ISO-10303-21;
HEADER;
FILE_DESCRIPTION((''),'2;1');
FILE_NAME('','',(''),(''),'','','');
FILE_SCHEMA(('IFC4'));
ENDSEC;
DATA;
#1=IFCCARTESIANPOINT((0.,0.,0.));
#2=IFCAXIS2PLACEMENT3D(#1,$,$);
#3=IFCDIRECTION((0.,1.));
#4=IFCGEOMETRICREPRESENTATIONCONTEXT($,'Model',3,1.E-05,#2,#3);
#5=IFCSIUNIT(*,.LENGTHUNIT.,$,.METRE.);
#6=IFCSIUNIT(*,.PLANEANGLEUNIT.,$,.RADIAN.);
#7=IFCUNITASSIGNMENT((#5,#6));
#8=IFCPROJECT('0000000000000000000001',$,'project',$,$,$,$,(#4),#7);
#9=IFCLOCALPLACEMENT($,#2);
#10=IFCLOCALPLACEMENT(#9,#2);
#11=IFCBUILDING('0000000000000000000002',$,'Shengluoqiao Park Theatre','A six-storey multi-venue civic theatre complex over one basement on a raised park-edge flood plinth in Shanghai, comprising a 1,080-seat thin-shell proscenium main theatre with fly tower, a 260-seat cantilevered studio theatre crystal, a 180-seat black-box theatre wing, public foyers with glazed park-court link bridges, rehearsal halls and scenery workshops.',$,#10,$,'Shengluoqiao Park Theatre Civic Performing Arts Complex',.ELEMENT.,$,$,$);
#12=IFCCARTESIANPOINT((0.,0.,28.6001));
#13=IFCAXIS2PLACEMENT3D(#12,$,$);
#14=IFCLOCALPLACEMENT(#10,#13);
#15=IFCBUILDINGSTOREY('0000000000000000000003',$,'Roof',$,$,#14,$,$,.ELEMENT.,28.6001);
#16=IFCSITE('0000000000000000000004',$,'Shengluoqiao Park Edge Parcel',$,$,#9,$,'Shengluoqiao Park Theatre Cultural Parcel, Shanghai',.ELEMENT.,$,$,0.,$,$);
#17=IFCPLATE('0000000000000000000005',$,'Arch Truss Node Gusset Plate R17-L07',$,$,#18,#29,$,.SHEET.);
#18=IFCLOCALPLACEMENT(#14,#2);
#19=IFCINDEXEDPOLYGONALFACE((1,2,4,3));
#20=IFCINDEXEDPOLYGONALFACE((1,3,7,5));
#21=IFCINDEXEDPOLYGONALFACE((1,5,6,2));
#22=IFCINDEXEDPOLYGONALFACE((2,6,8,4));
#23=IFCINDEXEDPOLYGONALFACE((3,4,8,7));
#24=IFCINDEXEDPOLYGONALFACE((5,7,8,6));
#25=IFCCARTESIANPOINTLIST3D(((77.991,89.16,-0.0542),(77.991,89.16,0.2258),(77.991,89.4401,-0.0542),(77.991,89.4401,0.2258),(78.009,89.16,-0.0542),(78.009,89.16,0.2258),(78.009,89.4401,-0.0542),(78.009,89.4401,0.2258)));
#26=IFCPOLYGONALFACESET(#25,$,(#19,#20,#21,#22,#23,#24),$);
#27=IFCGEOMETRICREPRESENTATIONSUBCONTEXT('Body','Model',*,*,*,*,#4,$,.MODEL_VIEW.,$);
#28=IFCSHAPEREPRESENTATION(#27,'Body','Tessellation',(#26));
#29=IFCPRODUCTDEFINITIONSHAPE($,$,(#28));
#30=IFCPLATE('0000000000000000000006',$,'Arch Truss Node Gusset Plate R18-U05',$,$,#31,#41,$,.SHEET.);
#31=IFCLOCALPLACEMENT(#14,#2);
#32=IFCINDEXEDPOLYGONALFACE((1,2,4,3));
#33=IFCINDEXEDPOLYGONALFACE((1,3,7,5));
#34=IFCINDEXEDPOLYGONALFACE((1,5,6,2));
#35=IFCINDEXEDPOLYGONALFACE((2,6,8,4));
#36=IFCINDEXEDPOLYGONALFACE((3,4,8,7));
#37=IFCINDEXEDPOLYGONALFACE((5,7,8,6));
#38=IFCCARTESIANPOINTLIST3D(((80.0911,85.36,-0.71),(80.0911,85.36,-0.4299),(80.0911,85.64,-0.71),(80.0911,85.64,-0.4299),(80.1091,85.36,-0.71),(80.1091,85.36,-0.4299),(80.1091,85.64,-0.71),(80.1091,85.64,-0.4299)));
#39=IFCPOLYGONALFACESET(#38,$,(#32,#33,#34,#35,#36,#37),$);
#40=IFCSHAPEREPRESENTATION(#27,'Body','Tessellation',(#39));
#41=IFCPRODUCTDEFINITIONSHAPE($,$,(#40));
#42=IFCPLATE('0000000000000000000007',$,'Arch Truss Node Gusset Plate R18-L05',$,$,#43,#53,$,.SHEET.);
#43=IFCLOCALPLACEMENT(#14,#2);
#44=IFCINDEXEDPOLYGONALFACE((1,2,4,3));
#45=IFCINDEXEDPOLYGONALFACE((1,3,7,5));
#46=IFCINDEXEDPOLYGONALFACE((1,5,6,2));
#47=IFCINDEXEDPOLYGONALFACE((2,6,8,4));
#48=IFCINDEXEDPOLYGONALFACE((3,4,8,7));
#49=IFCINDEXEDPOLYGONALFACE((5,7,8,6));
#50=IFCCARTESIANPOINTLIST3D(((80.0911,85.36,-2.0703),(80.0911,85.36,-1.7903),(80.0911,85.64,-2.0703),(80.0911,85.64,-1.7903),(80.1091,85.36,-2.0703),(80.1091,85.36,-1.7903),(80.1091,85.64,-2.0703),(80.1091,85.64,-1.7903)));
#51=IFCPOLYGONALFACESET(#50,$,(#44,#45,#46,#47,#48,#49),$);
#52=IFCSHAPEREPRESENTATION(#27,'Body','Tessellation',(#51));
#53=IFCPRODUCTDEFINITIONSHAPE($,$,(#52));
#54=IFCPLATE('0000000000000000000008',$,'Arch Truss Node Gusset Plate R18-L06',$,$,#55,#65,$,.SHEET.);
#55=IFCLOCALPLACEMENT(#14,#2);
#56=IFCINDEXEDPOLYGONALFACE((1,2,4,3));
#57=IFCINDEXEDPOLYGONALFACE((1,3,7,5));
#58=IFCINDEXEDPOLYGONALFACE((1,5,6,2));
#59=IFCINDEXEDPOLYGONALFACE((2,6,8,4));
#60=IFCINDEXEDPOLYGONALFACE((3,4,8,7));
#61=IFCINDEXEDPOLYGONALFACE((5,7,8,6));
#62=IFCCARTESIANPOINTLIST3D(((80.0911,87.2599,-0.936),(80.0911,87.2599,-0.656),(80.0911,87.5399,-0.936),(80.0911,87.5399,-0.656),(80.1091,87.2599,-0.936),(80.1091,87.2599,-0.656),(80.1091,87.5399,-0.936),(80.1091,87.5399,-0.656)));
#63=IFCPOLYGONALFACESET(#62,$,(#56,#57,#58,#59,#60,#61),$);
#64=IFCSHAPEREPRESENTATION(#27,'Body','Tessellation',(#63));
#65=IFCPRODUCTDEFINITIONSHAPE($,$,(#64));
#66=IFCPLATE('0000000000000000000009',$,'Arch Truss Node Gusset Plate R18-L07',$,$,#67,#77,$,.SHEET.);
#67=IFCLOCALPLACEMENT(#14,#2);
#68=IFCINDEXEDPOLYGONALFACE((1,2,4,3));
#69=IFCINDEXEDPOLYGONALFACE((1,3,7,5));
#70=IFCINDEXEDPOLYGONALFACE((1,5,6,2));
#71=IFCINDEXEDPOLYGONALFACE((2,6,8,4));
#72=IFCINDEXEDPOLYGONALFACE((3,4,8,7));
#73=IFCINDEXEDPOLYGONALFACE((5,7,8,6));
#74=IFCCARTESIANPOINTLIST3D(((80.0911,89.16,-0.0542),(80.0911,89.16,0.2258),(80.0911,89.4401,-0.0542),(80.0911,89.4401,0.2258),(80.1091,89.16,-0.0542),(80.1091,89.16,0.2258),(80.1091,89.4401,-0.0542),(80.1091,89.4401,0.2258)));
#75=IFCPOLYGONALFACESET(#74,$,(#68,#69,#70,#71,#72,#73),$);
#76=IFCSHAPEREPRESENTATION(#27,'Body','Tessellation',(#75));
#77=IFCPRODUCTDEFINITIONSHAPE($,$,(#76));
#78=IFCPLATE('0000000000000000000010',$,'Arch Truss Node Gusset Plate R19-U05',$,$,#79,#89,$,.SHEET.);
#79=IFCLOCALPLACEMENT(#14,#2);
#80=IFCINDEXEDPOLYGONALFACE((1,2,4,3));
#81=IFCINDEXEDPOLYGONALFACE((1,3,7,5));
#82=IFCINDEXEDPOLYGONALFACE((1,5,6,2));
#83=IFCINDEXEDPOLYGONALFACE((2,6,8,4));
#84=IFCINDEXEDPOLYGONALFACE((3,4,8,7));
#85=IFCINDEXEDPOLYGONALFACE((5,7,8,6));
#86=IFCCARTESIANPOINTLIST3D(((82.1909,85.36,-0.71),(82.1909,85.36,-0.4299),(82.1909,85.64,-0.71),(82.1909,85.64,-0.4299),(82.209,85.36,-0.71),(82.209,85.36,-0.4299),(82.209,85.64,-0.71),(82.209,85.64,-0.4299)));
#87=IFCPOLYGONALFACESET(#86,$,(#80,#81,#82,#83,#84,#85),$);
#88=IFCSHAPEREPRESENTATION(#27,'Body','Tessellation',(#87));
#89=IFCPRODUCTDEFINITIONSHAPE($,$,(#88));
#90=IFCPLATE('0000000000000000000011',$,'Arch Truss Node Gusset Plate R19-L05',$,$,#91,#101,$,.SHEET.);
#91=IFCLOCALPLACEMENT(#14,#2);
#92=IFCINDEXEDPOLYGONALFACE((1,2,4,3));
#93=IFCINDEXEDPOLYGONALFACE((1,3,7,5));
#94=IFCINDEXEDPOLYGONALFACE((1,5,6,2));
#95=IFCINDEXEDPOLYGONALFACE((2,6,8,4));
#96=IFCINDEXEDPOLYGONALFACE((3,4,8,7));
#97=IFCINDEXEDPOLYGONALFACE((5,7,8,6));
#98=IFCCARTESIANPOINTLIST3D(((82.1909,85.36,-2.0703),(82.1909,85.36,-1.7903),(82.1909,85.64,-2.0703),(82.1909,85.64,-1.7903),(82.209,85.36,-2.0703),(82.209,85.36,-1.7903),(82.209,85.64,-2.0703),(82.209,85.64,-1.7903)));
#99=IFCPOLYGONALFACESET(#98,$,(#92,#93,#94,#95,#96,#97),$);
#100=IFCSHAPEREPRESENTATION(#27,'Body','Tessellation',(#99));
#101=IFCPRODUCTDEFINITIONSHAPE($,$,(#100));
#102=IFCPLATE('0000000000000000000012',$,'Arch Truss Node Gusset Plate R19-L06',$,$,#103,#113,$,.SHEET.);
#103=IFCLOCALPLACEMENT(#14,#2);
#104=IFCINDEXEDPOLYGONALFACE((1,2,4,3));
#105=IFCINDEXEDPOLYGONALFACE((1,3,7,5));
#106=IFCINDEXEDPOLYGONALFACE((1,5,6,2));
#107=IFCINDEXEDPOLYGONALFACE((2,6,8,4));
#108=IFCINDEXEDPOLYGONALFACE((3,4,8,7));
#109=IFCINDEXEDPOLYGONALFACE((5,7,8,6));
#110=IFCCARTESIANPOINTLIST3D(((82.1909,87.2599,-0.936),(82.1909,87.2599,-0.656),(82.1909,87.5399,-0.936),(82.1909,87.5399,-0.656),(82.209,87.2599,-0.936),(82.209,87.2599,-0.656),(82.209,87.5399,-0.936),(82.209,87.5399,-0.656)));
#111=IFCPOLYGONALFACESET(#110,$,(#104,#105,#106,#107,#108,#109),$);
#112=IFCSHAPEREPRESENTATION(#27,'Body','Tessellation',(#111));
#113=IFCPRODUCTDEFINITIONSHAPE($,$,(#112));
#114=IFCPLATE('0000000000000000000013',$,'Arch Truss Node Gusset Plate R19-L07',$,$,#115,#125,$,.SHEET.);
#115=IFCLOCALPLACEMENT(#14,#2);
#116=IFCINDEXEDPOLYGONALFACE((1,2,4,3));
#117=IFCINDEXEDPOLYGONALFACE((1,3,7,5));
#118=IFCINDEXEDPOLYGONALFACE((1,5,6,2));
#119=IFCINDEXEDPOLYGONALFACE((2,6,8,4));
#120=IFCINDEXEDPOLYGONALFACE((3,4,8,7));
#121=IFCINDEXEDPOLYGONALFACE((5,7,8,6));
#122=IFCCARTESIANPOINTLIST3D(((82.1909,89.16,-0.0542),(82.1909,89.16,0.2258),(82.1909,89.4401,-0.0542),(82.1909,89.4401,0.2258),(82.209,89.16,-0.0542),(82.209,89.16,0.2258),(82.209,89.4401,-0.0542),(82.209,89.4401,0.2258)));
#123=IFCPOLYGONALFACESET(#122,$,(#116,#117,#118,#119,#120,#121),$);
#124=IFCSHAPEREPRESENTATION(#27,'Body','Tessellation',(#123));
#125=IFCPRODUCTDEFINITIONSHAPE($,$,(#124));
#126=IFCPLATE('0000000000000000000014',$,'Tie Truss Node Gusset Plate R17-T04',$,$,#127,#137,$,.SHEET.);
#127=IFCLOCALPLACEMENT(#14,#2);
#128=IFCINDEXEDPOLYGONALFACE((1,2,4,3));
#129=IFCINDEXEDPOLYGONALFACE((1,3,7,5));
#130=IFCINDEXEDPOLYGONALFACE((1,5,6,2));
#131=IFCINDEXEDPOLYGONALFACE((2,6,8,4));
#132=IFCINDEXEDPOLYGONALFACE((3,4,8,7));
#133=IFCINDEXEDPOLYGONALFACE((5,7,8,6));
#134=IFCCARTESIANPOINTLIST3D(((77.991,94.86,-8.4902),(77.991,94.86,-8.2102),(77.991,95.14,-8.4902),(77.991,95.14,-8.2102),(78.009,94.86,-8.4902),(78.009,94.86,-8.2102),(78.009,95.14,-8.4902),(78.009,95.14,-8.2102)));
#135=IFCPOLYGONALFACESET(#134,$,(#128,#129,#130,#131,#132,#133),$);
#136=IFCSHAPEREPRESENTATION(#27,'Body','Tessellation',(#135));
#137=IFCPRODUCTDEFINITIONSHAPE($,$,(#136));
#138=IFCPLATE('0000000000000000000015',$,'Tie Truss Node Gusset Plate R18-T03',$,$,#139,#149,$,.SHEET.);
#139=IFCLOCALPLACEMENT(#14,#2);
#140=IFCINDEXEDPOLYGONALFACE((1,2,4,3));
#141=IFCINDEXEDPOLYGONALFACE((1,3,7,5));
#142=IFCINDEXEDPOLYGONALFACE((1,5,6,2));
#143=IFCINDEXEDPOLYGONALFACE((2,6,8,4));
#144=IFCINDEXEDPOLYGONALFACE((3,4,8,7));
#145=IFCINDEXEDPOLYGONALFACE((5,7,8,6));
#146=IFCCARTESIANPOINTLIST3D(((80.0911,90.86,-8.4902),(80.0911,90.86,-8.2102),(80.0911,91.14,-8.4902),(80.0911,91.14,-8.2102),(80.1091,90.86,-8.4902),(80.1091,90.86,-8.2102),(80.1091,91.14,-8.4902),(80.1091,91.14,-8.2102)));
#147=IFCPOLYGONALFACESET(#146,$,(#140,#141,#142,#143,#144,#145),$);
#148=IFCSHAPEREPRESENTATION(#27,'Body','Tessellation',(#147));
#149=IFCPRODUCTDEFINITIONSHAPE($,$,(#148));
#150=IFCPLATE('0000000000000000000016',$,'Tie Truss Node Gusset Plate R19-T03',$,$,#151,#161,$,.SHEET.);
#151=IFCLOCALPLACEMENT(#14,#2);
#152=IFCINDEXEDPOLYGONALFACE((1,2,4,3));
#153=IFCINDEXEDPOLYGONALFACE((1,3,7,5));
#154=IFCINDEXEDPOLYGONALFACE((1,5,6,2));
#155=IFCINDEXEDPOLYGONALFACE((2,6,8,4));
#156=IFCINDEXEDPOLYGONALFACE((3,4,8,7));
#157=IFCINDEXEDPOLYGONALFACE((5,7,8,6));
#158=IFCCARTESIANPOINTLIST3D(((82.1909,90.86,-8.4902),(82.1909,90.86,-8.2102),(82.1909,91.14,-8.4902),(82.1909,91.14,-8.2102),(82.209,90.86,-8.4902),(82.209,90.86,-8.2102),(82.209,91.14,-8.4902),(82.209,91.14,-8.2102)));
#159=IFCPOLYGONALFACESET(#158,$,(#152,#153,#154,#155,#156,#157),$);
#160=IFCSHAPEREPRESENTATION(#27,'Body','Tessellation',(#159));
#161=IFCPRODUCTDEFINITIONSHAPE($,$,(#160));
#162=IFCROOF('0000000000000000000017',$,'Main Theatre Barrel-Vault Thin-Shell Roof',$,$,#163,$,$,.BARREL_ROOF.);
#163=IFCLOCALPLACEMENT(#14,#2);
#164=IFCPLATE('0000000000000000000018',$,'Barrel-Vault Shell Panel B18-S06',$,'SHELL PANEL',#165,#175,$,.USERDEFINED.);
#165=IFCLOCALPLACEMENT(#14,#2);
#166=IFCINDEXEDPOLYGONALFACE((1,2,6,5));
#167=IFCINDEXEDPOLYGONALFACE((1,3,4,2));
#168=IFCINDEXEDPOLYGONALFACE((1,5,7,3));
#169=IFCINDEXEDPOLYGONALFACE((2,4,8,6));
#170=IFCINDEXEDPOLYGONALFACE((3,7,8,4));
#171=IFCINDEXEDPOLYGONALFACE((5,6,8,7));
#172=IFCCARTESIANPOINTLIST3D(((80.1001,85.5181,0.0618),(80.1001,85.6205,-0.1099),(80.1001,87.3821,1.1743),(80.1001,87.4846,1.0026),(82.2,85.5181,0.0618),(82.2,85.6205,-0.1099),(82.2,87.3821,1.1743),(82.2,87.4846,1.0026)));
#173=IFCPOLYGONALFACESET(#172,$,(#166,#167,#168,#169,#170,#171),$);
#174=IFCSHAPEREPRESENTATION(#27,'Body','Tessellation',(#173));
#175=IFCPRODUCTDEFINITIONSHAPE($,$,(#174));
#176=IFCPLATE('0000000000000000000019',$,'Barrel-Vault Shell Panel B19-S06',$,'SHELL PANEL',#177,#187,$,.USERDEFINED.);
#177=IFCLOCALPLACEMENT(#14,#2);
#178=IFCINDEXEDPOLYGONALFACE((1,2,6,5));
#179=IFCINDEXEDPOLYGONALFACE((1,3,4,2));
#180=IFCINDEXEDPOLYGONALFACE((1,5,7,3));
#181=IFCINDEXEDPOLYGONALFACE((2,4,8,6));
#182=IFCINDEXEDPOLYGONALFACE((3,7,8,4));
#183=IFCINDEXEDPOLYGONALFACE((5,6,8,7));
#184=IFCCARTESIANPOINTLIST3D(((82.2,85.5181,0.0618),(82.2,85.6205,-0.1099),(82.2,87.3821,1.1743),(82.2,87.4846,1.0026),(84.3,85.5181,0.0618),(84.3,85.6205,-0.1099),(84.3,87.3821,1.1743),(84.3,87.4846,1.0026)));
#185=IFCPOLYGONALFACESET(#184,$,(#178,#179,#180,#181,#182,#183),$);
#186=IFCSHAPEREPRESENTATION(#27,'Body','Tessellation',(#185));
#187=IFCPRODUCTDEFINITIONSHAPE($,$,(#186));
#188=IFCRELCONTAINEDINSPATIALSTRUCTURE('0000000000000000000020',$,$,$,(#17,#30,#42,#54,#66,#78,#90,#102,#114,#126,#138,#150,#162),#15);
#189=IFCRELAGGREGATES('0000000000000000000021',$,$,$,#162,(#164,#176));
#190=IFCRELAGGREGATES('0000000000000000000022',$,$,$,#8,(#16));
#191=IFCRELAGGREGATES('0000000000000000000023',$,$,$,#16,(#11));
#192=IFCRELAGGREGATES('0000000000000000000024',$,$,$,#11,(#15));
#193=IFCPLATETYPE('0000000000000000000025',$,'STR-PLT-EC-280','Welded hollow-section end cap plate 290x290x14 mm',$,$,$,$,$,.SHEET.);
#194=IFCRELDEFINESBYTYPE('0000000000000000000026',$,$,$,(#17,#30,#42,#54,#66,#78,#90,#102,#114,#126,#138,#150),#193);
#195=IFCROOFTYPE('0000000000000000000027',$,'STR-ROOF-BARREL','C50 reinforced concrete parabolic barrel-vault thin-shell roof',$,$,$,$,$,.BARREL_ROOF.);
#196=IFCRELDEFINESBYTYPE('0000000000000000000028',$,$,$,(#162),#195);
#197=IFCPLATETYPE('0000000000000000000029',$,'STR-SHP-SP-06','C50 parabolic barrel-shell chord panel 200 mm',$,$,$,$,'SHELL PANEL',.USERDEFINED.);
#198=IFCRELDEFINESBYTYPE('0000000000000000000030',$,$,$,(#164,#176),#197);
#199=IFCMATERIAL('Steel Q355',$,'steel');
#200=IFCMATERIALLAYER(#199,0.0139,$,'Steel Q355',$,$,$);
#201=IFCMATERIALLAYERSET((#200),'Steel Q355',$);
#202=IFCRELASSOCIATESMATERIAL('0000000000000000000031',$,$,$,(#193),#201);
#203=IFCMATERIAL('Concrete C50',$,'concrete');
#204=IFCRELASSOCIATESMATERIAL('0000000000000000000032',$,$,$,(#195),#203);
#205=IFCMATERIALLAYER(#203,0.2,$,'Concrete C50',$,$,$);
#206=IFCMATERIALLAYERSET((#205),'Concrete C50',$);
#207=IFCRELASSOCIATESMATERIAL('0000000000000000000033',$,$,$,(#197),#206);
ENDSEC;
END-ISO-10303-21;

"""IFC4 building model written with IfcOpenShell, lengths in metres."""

from ifc_helpers import new_model, si_unit, direction, frame, origin, origin_2d, place, context, subcontext, project, spatial, polyline, rectangle, outline, extrude, material, layer, layer_set, type_object, element, aggregate, save


model = new_model("IFC4")

# Units and contexts
model_context = context("Model", 3, precision=1e-05, world=origin(), true_north=direction((0.0, 1.0)))
body_context = subcontext(model_context, "Body", "Model", "MODEL_VIEW")
ifc_project = project(units=[si_unit("LENGTHUNIT", "METRE"), si_unit("PLANEANGLEUNIT", "RADIAN")], contexts=[model_context])

# Site, building, storey
site_placement = place(None, origin())
site = spatial("IfcSite", under=ifc_project, at=site_placement, Name="Shengluoqiao Park Edge Parcel", LongName="Shengluoqiao Park Theatre Cultural Parcel, Shanghai", CompositionType="ELEMENT", RefElevation=0.0)
building_placement = place(site_placement, origin())
building = spatial("IfcBuilding", under=site, at=building_placement, Name="Shengluoqiao Park Theatre", Description="A six-storey multi-venue civic theatre complex over one basement on a raised park-edge flood plinth in Shanghai, comprising a 1,080-seat thin-shell proscenium main theatre with fly tower, a 260-seat cantilevered studio theatre crystal, a 180-seat black-box theatre wing, public foyers with glazed park-court link bridges, rehearsal halls and scenery workshops.", LongName="Shengluoqiao Park Theatre Civic Performing Arts Complex", CompositionType="ELEMENT")
storey_placement = place(building_placement, frame((0.0, 0.0, 28.6001)))
storey = spatial("IfcBuildingStorey", under=building, at=storey_placement, Name="Roof", CompositionType="ELEMENT", Elevation=28.6001)

# Shared definitions
ifc_material_1 = material(Name="Concrete C50", Category="concrete")
ifc_material_2 = material(Name="Steel Q355", Category="steel")

# Plates
ifc_layer_1 = layer(ifc_material_2, 0.0139, Name="Steel Q355")
ifc_layer_set_1 = layer_set([ifc_layer_1], Name="Steel Q355")
plate_type_1 = type_object("IfcPlateType", Name="STR-PLT-EC-280", Description="Welded hollow-section end cap plate 290x290x14 mm", PredefinedType="SHEET", material=ifc_layer_set_1)
for number, where, z_axis, x_axis, name in (
    (1, (78.0, 89.3, -0.0542), (0.0, 0.0, 1.0), (1.0, 0.0, 0.0), "Arch Truss Node Gusset Plate R17-L07"),
    (2, (80.1001, 85.5, -0.71), (0.0, 0.0, 1.0), (1.0, 0.0, 0.0), "Arch Truss Node Gusset Plate R18-U05"),
    (3, (80.1001, 85.5, -2.0703), (0.0, 0.0, 1.0), (1.0, 0.0, 0.0), "Arch Truss Node Gusset Plate R18-L05"),
    (4, (80.1001, 87.3999, -0.936), (0.0, 0.0, 1.0), (1.0, 0.0, 0.0), "Arch Truss Node Gusset Plate R18-L06"),
    (5, (80.1001, 89.3, -0.0542), (0.0, 0.0, 1.0), (1.0, 0.0, 0.0), "Arch Truss Node Gusset Plate R18-L07"),
    (6, (82.2, 85.5, -0.71), (0.0, 0.0, 1.0), (1.0, 0.0, 0.0), "Arch Truss Node Gusset Plate R19-U05"),
    (7, (82.2, 85.5, -2.0703), (0.0, 0.0, 1.0), (1.0, 0.0, 0.0), "Arch Truss Node Gusset Plate R19-L05"),
    (8, (82.2, 87.3999, -0.936), (0.0, 0.0, 1.0), (1.0, 0.0, 0.0), "Arch Truss Node Gusset Plate R19-L06"),
    (9, (82.2, 89.3, -0.0542), (0.0, 0.0, 1.0), (1.0, 0.0, 0.0), "Arch Truss Node Gusset Plate R19-L07"),
    (10, (78.0, 95.0, -8.4902), (0.0, 0.0, 1.0), (1.0, 0.0, 0.0), "Tie Truss Node Gusset Plate R17-T04"),
    (11, (80.1001, 91.0, -8.4902), (0.0, 0.0, 1.0), (1.0, 0.0, 0.0), "Tie Truss Node Gusset Plate R18-T03"),
    (12, (82.2, 91.0, -8.4902), (0.0, 0.0, 1.0), (1.0, 0.0, 0.0), "Tie Truss Node Gusset Plate R19-T03"),
):
    element("IfcPlate", number, at=place(storey_placement, frame(where, z_axis=z_axis, x_axis=x_axis)), inside=storey, type_object=plate_type_1, Name=name, PredefinedType="SHEET", context=body_context, shape_type="SweptSolid", body=[
        extrude(rectangle(XDim=0.0181, YDim=0.28, at=origin_2d()), origin(), (0.0, 0.0, 1.0), 0.28),
    ])

# Roof, plates
roof_type = type_object("IfcRoofType", Name="STR-ROOF-BARREL", Description="C50 reinforced concrete parabolic barrel-vault thin-shell roof", PredefinedType="BARREL_ROOF", material=ifc_material_1)
roof_placement = place(storey_placement, origin())
roof = element("IfcRoof", 13, at=roof_placement, inside=storey, type_object=roof_type, Name="Main Theatre Barrel-Vault Thin-Shell Roof", PredefinedType="BARREL_ROOF")
ifc_layer_2 = layer(ifc_material_1, 0.2, Name="Concrete C50")
ifc_layer_set_2 = layer_set([ifc_layer_2], Name="Concrete C50")
plate_type_2 = type_object("IfcPlateType", Name="STR-SHP-SP-06", Description="C50 parabolic barrel-shell chord panel 200 mm", ElementType="SHELL PANEL", PredefinedType="USERDEFINED", material=ifc_layer_set_2)
plate_1_placement = place(storey_placement, frame((80.1001, 85.5181, 0.0618), z_axis=(0.0, -0.51251, 0.858681), x_axis=(1.0, 0.0, 0.0)))
plate_1 = element("IfcPlate", 14, at=plate_1_placement, type_object=plate_type_2, Name="Barrel-Vault Shell Panel B18-S06", ObjectType="SHELL PANEL", PredefinedType="USERDEFINED", context=body_context, shape_type="SweptSolid", body=[
    extrude(outline(polyline([(0.0, 0.0), (2.0999, 0.0), (2.0999, 2.1708), (0.0, 2.1708), (0.0, 0.0)])), origin(), (0.0, 0.0, -1.0), 0.2),
])
plate_2_placement = place(storey_placement, frame((82.2, 85.5181, 0.0618), z_axis=(0.0, -0.51251, 0.858681), x_axis=(1.0, 0.0, 0.0)))
plate_2 = element("IfcPlate", 15, at=plate_2_placement, type_object=plate_type_2, Name="Barrel-Vault Shell Panel B19-S06", ObjectType="SHELL PANEL", PredefinedType="USERDEFINED", context=body_context, shape_type="SweptSolid", body=[
    extrude(outline(polyline([(0.0, 0.0), (2.1001, 0.0), (2.1001, 2.1708), (0.0, 2.1708), (0.0, 0.0)])), origin(), (0.0, 0.0, -1.0), 0.2),
])
aggregate(roof, [plate_1, plate_2])

save(model, "model.ifc")
